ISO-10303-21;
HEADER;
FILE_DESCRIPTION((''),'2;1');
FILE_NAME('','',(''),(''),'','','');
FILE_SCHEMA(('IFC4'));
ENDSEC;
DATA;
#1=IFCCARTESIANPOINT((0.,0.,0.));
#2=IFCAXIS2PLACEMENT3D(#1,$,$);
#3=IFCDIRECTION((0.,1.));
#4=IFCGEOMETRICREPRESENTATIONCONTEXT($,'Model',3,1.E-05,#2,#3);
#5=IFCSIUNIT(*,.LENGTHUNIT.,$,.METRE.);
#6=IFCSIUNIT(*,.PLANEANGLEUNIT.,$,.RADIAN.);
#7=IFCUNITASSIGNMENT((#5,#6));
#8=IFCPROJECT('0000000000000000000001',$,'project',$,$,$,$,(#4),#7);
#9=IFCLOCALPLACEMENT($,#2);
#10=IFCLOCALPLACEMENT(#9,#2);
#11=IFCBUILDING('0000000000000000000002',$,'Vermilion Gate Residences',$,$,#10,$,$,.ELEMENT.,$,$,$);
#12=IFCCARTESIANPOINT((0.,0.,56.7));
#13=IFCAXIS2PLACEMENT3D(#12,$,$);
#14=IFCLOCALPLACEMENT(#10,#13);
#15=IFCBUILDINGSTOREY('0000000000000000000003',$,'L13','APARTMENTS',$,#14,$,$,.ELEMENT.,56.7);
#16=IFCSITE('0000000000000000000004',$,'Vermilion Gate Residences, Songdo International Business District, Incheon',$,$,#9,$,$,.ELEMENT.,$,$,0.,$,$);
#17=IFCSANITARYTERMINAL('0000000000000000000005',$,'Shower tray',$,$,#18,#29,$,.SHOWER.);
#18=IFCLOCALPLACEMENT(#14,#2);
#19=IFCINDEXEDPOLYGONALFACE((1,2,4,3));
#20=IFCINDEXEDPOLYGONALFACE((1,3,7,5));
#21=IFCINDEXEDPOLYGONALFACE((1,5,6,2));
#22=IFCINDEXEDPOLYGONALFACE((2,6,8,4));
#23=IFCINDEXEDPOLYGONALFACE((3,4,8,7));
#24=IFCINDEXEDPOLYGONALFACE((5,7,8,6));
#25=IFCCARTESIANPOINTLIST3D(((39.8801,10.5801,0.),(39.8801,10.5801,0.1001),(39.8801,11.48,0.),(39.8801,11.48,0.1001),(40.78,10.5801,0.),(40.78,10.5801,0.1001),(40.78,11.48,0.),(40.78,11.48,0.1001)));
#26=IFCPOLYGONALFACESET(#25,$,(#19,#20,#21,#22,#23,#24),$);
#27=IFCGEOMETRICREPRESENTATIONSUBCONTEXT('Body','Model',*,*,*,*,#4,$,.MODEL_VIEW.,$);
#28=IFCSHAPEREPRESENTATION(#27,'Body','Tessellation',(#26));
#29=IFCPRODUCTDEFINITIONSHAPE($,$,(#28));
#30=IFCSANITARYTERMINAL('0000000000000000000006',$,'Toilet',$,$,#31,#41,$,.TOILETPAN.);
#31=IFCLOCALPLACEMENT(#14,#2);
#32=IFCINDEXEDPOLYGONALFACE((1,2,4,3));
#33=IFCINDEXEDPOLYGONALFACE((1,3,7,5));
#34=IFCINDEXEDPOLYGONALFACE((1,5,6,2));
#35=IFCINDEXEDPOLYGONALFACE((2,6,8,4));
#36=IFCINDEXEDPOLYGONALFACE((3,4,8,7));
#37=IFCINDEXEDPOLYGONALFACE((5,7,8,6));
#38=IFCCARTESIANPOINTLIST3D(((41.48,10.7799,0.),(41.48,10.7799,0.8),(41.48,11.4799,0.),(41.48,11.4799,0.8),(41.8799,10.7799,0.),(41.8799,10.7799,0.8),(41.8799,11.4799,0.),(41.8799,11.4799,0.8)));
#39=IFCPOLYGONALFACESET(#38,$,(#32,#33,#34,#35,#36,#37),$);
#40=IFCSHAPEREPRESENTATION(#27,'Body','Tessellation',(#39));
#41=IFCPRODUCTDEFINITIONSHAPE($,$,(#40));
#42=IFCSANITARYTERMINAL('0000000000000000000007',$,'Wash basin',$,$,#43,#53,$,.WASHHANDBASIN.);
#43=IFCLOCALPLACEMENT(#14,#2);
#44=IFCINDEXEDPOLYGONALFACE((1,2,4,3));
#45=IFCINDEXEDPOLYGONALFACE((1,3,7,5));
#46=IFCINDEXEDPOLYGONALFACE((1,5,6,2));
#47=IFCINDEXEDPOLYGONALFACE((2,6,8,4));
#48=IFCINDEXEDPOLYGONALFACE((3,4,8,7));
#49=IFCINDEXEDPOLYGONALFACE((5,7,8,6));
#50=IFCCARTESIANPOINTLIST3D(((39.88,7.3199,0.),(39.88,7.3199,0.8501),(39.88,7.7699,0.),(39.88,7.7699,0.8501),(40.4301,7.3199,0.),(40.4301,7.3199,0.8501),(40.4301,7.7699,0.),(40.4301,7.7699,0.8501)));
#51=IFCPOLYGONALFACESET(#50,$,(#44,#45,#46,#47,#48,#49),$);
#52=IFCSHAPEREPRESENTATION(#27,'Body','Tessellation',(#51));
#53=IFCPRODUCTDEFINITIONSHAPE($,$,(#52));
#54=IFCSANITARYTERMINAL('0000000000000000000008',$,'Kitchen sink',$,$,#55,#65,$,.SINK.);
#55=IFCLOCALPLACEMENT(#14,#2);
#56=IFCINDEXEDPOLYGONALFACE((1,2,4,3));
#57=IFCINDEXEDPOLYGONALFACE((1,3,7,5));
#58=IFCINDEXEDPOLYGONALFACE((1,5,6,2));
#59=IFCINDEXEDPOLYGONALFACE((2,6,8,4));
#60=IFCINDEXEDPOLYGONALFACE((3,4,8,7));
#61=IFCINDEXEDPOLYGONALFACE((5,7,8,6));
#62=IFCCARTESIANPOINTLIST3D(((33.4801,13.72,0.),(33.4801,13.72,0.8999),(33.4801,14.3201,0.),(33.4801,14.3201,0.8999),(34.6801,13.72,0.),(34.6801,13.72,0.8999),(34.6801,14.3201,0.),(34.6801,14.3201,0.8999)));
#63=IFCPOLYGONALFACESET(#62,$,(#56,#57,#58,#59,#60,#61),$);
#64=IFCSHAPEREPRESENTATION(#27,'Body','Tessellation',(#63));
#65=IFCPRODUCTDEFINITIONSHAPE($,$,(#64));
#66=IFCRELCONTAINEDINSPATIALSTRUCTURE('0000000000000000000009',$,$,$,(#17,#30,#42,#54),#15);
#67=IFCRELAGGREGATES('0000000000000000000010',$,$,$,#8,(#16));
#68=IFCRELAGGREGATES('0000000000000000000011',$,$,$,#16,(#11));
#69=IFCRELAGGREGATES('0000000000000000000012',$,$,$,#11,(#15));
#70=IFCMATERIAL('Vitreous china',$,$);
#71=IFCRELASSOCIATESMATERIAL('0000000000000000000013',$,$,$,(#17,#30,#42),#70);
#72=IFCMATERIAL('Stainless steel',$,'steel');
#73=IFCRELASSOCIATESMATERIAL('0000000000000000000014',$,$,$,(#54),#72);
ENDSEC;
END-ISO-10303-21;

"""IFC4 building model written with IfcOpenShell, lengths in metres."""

from ifc_helpers import new_model, si_unit, direction, frame, origin, origin_2d, place, context, subcontext, project, spatial, rectangle, extrude, material, element, save


model = new_model("IFC4")

# Units and contexts
model_context = context("Model", 3, precision=1e-05, world=origin(), true_north=direction((0.0, 1.0)))
body_context = subcontext(model_context, "Body", "Model", "MODEL_VIEW")
ifc_project = project(units=[si_unit("LENGTHUNIT", "METRE"), si_unit("PLANEANGLEUNIT", "RADIAN")], contexts=[model_context])

# Site, building, storey
site_placement = place(None, origin())
site = spatial("IfcSite", under=ifc_project, at=site_placement, Name="Vermilion Gate Residences, Songdo International Business District, Incheon", CompositionType="ELEMENT", RefElevation=0.0)
building_placement = place(site_placement, origin())
building = spatial("IfcBuilding", under=site, at=building_placement, Name="Vermilion Gate Residences", CompositionType="ELEMENT")
storey_placement = place(building_placement, frame((0.0, 0.0, 56.7)))
storey = spatial("IfcBuildingStorey", under=building, at=storey_placement, Name="L13", Description="APARTMENTS", CompositionType="ELEMENT", Elevation=56.7)

# Sanitary terminals
ifc_material_1 = material(Name="Vitreous china")
ifc_material_2 = material(Name="Stainless steel", Category="steel")
sanitary_terminal_1_placement = place(storey_placement, frame((40.3301, 11.03, 0.0), z_axis=(0.0, 0.0, 1.0), x_axis=(1.0, 0.0, 0.0)))
element("IfcSanitaryTerminal", 1, at=sanitary_terminal_1_placement, inside=storey, material=ifc_material_1, Name="Shower tray", PredefinedType="SHOWER", context=body_context, shape_type="SweptSolid", body=[
    extrude(rectangle(XDim=0.8999, YDim=0.8999, at=origin_2d()), origin(), (0.0, 0.0, 1.0), 0.1001),
])
sanitary_terminal_2_placement = place(storey_placement, frame((41.6799, 11.1299, 0.0), z_axis=(0.0, 0.0, 1.0), x_axis=(1.0, 0.0, 0.0)))
element("IfcSanitaryTerminal", 2, at=sanitary_terminal_2_placement, inside=storey, material=ifc_material_1, Name="Toilet", PredefinedType="TOILETPAN", context=body_context, shape_type="SweptSolid", body=[
    extrude(rectangle(XDim=0.3999, YDim=0.7, at=origin_2d()), origin(), (0.0, 0.0, 1.0), 0.8),
])
sanitary_terminal_3_placement = place(storey_placement, frame((40.155, 7.5449, 0.0), z_axis=(0.0, 0.0, 1.0), x_axis=(1.0, 0.0, 0.0)))
element("IfcSanitaryTerminal", 3, at=sanitary_terminal_3_placement, inside=storey, material=ifc_material_1, Name="Wash basin", PredefinedType="WASHHANDBASIN", context=body_context, shape_type="SweptSolid", body=[
    extrude(rectangle(XDim=0.55, YDim=0.45, at=origin_2d()), origin(), (0.0, 0.0, 1.0), 0.8501),
])
sanitary_terminal_4_placement = place(storey_placement, frame((34.0801, 14.02, 0.0), z_axis=(0.0, 0.0, 1.0), x_axis=(1.0, 0.0, 0.0)))
element("IfcSanitaryTerminal", 4, at=sanitary_terminal_4_placement, inside=storey, material=ifc_material_2, Name="Kitchen sink", PredefinedType="SINK", context=body_context, shape_type="SweptSolid", body=[
    extrude(rectangle(XDim=1.2, YDim=0.6001, at=origin_2d()), origin(), (0.0, 0.0, 1.0), 0.8999),
])

save(model, "model.ifc")
